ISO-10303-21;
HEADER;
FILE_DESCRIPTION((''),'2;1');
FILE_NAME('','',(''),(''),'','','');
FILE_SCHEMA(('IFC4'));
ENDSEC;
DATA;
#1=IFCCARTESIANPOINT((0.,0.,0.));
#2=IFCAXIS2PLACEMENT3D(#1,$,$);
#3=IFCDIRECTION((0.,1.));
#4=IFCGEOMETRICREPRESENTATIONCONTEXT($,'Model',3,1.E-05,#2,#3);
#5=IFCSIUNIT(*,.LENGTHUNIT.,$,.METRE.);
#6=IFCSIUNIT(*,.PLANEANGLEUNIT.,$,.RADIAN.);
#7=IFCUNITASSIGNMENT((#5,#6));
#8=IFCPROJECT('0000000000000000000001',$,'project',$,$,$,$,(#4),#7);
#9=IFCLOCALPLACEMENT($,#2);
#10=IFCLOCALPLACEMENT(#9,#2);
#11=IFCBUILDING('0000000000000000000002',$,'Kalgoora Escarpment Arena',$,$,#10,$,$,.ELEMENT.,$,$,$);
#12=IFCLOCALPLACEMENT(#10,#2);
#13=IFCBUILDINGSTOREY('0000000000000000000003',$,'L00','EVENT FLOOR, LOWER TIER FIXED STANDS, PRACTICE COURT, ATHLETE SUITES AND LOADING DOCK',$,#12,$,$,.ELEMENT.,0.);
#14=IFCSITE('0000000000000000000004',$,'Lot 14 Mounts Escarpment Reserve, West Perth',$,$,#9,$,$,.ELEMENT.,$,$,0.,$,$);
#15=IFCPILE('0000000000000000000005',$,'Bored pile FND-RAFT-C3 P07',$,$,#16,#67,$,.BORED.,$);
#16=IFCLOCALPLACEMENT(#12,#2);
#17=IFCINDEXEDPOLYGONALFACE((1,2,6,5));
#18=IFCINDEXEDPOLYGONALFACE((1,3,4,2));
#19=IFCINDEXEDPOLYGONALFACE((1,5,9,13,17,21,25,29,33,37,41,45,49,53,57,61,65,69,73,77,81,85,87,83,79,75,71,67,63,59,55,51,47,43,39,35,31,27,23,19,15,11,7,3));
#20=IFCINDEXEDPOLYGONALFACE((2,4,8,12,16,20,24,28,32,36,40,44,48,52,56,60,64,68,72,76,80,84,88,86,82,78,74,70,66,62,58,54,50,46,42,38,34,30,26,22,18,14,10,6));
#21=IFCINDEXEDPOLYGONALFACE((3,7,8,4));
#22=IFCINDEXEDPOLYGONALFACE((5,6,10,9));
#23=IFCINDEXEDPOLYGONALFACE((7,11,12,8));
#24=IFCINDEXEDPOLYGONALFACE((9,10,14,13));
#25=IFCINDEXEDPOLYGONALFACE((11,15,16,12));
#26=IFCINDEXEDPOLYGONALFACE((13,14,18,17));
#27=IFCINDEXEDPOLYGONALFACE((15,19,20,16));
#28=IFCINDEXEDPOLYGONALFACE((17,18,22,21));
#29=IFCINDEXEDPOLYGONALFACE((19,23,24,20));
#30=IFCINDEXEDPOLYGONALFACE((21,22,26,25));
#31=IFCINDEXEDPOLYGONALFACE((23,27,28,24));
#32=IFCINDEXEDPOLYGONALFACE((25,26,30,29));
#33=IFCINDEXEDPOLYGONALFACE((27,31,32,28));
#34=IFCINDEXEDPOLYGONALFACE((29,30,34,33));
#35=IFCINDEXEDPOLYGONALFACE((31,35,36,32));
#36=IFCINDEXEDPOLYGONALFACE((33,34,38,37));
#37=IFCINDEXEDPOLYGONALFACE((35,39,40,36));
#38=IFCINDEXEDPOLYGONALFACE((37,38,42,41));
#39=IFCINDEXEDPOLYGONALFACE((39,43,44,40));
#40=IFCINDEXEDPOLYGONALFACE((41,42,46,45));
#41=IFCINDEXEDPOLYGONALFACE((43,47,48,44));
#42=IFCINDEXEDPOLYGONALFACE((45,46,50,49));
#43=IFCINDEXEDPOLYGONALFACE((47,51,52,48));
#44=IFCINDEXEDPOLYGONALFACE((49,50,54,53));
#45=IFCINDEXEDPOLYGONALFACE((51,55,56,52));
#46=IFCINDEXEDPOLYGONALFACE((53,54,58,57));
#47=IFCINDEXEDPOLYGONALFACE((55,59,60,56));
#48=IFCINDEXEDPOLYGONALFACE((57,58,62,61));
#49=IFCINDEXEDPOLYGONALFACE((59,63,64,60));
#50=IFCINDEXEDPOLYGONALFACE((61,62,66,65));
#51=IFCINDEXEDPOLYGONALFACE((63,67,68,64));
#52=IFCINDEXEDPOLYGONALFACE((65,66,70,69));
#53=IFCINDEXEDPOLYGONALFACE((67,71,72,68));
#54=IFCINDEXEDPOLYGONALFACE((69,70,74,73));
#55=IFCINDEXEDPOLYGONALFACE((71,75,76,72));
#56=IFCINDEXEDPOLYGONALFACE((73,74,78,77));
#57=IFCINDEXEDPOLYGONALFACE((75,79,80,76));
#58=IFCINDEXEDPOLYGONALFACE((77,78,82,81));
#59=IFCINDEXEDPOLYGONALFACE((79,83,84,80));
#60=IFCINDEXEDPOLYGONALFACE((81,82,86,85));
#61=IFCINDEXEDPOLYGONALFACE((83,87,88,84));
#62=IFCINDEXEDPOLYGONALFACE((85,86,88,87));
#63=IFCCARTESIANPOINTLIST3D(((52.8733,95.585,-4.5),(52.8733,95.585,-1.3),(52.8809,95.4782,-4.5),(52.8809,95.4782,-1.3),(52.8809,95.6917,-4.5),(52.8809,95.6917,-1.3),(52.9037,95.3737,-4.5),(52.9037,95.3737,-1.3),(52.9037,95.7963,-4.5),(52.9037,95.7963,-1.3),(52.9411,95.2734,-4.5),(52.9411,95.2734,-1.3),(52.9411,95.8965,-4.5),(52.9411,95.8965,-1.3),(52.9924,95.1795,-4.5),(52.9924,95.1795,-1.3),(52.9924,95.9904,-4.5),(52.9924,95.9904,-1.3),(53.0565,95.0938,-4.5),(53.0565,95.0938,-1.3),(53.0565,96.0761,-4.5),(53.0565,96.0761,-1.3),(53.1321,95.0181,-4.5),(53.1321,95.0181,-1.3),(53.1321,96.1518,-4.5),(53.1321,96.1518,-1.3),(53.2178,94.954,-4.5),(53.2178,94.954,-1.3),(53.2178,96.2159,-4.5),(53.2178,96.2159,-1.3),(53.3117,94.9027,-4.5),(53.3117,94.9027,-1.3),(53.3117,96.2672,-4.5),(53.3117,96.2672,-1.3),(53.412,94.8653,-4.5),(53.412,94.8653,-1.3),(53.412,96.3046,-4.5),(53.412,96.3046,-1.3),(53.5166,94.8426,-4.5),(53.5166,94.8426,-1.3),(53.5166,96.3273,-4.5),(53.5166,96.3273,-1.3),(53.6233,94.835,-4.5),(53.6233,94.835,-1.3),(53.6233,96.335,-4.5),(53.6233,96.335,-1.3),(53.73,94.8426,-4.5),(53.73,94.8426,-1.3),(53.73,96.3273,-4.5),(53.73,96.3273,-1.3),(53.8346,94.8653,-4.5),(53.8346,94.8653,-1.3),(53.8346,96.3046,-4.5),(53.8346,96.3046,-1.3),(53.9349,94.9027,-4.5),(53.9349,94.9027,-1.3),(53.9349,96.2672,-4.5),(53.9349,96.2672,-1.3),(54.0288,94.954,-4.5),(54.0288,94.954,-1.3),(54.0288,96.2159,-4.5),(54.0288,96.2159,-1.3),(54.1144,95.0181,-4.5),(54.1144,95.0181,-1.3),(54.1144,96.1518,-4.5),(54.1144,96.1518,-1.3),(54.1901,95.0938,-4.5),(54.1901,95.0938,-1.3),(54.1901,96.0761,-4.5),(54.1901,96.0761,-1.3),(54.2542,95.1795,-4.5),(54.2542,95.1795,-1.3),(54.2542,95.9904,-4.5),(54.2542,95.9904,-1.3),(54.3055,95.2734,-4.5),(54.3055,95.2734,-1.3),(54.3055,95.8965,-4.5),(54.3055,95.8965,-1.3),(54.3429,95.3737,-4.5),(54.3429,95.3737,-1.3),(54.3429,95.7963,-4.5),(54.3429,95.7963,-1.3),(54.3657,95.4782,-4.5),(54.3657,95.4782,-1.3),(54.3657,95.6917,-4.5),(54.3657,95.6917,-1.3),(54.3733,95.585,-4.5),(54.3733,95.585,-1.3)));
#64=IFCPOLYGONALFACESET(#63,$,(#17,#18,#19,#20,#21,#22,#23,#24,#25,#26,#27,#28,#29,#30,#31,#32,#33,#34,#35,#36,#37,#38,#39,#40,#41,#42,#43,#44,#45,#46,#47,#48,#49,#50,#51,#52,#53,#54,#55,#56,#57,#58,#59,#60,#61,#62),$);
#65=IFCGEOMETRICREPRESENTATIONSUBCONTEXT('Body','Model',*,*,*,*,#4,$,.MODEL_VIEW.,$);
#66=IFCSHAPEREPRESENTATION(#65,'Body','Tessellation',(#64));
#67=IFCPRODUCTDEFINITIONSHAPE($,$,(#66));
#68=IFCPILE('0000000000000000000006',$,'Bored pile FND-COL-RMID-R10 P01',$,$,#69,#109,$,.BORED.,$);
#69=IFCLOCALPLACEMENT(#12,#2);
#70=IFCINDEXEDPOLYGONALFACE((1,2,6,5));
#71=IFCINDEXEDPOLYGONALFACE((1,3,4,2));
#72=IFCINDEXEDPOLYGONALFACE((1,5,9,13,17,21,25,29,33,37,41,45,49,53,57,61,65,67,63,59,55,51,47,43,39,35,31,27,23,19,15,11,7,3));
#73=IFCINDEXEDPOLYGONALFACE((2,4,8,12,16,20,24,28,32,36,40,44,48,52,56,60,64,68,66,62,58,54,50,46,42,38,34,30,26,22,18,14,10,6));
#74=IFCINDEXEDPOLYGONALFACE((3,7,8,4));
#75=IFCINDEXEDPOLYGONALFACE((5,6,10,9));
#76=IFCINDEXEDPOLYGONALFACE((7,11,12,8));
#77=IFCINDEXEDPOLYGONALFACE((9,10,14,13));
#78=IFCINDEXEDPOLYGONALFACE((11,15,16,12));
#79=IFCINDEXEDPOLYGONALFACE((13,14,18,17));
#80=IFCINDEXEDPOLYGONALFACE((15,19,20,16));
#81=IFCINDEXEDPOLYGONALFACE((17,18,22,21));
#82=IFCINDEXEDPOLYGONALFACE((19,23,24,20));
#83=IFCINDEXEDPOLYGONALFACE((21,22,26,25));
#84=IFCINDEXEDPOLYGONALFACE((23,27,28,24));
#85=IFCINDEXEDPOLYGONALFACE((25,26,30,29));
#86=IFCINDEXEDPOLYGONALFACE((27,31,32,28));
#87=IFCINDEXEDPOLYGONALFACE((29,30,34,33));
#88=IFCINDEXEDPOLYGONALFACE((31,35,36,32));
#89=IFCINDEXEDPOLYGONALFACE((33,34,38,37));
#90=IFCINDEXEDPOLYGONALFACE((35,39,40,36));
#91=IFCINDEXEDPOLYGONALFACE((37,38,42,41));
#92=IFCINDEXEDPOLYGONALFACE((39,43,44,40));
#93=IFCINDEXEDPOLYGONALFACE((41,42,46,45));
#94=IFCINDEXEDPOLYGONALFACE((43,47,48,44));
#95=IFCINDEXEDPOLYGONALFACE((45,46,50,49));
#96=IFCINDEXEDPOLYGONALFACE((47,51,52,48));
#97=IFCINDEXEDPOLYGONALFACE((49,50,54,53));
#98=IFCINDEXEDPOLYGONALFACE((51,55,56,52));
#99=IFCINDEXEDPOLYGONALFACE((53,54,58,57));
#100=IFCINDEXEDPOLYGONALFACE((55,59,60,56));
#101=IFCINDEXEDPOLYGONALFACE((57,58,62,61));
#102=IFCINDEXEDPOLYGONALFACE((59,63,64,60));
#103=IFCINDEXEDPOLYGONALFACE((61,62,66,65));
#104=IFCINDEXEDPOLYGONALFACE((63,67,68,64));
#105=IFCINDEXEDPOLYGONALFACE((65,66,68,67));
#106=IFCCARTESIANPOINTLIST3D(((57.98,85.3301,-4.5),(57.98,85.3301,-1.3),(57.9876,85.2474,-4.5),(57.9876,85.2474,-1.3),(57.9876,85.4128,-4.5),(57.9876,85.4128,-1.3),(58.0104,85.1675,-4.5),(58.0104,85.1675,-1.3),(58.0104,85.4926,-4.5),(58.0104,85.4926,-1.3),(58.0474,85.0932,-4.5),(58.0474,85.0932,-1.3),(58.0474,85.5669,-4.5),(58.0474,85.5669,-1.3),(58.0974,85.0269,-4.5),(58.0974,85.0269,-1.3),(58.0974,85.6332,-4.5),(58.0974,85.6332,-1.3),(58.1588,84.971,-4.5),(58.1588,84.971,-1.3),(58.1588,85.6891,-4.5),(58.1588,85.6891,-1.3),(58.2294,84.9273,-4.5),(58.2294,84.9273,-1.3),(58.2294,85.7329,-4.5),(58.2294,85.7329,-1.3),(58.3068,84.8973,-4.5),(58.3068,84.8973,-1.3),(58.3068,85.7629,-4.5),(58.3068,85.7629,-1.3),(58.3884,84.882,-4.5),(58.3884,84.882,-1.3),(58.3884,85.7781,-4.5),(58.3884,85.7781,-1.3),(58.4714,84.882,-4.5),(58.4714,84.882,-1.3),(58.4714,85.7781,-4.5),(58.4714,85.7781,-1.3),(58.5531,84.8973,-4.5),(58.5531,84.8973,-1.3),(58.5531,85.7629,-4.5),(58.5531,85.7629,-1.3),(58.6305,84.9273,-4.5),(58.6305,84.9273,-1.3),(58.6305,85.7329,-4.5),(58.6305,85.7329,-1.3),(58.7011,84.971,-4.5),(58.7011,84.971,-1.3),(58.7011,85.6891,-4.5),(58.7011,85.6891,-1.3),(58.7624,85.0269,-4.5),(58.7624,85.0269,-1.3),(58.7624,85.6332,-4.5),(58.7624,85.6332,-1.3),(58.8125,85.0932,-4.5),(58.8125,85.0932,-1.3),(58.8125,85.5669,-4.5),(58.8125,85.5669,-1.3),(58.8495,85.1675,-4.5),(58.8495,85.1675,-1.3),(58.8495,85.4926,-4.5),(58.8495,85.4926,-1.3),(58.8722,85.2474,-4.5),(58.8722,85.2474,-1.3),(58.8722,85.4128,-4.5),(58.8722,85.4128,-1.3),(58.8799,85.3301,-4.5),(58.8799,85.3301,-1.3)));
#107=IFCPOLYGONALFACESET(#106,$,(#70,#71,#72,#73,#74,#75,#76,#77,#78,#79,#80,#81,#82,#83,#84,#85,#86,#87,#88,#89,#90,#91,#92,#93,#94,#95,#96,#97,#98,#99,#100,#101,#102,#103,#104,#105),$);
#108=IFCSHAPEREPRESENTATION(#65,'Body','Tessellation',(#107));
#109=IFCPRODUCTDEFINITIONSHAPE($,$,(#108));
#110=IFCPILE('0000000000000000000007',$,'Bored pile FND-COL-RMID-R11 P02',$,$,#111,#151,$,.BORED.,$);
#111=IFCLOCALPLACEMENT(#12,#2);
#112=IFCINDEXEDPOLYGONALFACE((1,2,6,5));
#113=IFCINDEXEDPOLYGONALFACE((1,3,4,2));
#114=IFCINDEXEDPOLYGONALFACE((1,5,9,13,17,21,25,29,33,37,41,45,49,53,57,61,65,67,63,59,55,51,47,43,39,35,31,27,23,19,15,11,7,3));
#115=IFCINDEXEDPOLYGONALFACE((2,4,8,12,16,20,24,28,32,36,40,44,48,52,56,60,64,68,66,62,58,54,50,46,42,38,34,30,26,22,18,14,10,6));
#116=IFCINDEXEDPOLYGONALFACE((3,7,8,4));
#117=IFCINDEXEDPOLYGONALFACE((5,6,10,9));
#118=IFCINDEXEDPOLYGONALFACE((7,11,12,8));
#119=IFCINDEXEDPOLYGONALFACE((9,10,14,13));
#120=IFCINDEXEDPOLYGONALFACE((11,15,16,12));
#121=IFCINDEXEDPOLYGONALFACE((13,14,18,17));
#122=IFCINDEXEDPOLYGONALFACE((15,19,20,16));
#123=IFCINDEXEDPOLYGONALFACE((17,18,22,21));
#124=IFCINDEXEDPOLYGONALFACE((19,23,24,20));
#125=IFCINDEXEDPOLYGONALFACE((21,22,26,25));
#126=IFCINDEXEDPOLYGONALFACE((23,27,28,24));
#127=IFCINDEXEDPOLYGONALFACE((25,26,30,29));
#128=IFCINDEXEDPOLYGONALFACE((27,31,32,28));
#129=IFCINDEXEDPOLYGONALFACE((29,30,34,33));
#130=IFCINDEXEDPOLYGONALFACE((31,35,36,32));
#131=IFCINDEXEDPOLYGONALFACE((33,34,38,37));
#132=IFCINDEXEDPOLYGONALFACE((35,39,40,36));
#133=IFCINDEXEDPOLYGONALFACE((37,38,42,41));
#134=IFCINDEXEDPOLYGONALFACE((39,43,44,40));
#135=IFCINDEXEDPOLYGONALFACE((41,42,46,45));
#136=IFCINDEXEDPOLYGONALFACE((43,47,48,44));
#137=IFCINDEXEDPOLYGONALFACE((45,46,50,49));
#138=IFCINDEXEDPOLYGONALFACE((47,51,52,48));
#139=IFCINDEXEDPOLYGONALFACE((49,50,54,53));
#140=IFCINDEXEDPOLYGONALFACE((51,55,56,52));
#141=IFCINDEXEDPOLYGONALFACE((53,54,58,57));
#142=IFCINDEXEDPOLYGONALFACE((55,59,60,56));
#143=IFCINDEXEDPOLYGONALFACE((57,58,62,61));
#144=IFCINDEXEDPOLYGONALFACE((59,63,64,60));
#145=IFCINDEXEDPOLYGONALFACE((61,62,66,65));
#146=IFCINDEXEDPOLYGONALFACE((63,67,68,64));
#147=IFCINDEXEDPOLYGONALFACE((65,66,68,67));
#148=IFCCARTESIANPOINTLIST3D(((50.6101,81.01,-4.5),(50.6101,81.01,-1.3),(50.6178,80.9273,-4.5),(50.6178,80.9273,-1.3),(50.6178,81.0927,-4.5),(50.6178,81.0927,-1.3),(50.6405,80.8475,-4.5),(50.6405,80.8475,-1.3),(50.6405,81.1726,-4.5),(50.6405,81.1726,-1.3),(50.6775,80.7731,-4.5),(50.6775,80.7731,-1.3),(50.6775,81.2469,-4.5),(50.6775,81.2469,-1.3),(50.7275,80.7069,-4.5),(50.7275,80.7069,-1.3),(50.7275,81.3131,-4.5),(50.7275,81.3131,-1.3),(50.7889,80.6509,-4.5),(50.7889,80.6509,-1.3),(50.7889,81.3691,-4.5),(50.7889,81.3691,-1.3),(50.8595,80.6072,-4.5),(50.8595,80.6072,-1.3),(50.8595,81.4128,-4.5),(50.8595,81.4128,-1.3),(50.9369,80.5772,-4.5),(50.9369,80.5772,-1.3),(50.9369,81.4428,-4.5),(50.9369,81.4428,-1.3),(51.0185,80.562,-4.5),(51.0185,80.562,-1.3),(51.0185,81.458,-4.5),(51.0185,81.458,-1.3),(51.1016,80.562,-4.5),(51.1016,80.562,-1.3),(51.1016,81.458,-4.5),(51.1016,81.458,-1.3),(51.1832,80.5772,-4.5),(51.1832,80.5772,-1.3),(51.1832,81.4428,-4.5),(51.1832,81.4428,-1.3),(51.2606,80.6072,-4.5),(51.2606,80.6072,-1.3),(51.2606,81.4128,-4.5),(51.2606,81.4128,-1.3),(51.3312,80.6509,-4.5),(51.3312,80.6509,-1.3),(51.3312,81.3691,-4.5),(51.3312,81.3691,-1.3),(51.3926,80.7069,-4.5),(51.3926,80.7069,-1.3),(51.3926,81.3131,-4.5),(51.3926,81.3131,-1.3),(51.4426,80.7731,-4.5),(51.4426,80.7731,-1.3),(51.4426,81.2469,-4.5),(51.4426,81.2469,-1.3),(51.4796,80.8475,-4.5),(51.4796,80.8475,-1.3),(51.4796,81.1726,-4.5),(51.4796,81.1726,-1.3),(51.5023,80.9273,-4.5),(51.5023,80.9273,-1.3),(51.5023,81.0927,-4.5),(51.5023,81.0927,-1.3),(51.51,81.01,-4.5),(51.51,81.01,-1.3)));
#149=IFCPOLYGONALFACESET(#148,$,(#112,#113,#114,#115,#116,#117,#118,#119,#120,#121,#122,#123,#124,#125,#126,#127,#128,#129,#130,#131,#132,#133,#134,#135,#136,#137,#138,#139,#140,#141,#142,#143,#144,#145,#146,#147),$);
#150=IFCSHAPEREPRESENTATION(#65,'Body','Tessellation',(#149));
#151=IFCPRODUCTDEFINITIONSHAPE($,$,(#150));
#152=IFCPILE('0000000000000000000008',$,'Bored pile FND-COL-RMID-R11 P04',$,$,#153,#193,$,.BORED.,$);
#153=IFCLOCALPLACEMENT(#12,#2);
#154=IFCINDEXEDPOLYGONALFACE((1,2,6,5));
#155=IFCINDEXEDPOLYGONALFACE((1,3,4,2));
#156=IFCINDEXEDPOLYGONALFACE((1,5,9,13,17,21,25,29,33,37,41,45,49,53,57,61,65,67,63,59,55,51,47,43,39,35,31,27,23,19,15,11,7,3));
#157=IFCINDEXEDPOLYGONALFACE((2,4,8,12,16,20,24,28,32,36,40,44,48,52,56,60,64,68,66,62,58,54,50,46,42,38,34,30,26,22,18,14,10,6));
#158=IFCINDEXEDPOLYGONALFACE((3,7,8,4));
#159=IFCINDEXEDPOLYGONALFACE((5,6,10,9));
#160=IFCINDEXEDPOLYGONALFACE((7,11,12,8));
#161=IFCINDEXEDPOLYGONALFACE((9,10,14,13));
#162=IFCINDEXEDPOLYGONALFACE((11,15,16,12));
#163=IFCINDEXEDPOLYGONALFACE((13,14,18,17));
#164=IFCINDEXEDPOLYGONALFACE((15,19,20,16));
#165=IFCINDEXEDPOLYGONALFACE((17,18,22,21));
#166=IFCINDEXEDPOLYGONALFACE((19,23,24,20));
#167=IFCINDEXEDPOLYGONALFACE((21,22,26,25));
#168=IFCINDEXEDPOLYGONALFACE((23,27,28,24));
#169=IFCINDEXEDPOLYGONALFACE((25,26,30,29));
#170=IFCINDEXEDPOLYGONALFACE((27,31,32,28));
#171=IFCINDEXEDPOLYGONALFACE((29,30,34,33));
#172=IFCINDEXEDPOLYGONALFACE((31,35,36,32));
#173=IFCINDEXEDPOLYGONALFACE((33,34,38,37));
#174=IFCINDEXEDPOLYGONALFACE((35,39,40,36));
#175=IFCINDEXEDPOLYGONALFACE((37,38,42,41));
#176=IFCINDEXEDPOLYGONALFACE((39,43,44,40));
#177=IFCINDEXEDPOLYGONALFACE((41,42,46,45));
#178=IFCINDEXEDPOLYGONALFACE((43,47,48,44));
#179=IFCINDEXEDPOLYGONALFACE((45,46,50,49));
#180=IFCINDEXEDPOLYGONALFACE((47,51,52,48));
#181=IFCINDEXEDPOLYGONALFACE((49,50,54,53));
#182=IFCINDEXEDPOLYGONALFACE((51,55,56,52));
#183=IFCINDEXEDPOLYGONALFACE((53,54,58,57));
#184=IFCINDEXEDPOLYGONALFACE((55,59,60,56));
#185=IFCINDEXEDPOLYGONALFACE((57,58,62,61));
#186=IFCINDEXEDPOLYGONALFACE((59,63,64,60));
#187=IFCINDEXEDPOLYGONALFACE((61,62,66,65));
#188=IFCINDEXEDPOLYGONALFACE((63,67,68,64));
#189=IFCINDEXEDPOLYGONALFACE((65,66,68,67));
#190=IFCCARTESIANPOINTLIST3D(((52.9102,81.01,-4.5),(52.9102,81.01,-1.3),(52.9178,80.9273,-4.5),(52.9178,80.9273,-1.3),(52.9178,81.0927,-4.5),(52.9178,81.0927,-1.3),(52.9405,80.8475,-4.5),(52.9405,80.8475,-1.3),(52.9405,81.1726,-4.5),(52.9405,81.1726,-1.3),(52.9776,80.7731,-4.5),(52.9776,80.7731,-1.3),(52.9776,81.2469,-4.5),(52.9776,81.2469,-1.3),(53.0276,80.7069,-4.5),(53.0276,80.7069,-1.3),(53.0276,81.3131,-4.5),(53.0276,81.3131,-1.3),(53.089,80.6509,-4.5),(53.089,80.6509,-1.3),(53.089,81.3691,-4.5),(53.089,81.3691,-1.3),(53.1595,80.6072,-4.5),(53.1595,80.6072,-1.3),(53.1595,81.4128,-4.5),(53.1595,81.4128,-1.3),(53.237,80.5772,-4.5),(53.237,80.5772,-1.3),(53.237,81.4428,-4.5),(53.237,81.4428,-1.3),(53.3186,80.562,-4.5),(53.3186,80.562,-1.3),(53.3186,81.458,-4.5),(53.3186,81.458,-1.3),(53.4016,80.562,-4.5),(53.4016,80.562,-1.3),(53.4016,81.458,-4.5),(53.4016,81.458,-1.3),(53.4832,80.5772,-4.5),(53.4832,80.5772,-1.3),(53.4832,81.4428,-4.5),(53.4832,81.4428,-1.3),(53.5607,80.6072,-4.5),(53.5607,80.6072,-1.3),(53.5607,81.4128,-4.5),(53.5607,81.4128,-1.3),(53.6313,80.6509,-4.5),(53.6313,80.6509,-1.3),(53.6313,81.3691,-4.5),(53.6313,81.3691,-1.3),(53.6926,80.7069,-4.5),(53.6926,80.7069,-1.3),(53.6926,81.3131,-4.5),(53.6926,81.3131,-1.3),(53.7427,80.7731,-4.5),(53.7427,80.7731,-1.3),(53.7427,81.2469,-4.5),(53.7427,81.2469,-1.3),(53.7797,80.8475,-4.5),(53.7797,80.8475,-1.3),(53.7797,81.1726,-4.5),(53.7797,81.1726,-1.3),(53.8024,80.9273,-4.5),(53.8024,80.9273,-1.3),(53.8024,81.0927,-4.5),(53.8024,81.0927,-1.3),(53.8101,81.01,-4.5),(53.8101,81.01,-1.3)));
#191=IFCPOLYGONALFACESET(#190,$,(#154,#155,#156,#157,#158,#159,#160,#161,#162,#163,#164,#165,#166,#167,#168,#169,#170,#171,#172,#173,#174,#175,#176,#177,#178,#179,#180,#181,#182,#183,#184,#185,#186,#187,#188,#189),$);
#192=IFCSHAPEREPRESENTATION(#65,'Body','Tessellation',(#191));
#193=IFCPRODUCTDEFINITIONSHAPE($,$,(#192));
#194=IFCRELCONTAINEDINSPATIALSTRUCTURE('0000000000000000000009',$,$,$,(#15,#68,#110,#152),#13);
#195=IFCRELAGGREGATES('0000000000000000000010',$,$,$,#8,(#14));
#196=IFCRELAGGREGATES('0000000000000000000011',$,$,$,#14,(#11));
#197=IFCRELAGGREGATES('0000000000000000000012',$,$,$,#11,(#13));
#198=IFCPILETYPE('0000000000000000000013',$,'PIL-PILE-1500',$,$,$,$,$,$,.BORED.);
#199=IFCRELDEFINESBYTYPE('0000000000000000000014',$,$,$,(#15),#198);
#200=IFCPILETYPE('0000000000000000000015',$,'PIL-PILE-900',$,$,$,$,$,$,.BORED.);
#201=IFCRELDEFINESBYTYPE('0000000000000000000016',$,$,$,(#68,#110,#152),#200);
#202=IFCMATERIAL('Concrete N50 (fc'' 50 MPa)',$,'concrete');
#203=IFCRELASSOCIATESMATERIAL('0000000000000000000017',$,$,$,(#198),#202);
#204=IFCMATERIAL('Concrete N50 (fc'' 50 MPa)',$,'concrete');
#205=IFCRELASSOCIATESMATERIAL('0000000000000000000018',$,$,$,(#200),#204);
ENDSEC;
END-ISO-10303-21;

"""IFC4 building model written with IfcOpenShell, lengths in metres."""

from ifc_helpers import new_model, si_unit, direction, frame, origin, origin_2d, place, context, subcontext, project, spatial, circle, extrude, material, material_profile, profile_set, type_object, element, save


model = new_model("IFC4")

# Units and contexts
model_context = context("Model", 3, precision=1e-05, world=origin(), true_north=direction((0.0, 1.0)))
body_context = subcontext(model_context, "Body", "Model", "MODEL_VIEW")
ifc_project = project(units=[si_unit("LENGTHUNIT", "METRE"), si_unit("PLANEANGLEUNIT", "RADIAN")], contexts=[model_context])

# Site, building, storey
site_placement = place(None, origin())
site = spatial("IfcSite", under=ifc_project, at=site_placement, Name="Lot 14 Mounts Escarpment Reserve, West Perth", CompositionType="ELEMENT", RefElevation=0.0)
building_placement = place(site_placement, origin())
building = spatial("IfcBuilding", under=site, at=building_placement, Name="Kalgoora Escarpment Arena", CompositionType="ELEMENT")
storey_placement = place(building_placement, origin())
storey = spatial("IfcBuildingStorey", under=building, at=storey_placement, Name="L00", Description="EVENT FLOOR, LOWER TIER FIXED STANDS, PRACTICE COURT, ATHLETE SUITES AND LOADING DOCK", CompositionType="ELEMENT", Elevation=0.0)

# Piles
ifc_material_1 = material(Name="Concrete N50 (fc' 50 MPa)", Category="concrete")
ifc_material_profile_1 = material_profile(ifc_material_1, circle(Radius=0.75, at=origin_2d()))
ifc_profile_set_1 = profile_set([ifc_material_profile_1], Name="Concrete N50 (fc' 50 MPa)")
pile_type_1 = type_object("IfcPileType", Name="PIL-PILE-1500", PredefinedType="BORED", material=ifc_profile_set_1)
for number, where, z_axis, x_axis, name in (
    (1, (53.6233, 95.585, -1.3), (0.0, 0.0, -1.0), (1.0, 0.0, 0.0), "Bored pile FND-RAFT-C3 P07"),
):
    element("IfcPile", number, at=place(storey_placement, frame(where, z_axis=z_axis, x_axis=x_axis)), inside=storey, type_object=pile_type_1, Name=name, PredefinedType="BORED", context=body_context, shape_type="SweptSolid", body=[
        extrude(circle(Radius=0.75, at=origin_2d()), origin(), (0.0, 0.0, 1.0), 3.2),
    ])
ifc_material_2 = material(Name="Concrete N50 (fc' 50 MPa)", Category="concrete")
ifc_material_profile_2 = material_profile(ifc_material_2, circle(Radius=0.45, at=origin_2d()))
ifc_profile_set_2 = profile_set([ifc_material_profile_2], Name="Concrete N50 (fc' 50 MPa)")
pile_type_2 = type_object("IfcPileType", Name="PIL-PILE-900", PredefinedType="BORED", material=ifc_profile_set_2)
for number, where, z_axis, x_axis, name in (
    (2, (58.4299, 85.3301, -1.3), (0.0, 0.0, -1.0), (1.0, 0.0, 0.0), "Bored pile FND-COL-RMID-R10 P01"),
    (3, (51.0601, 81.01, -1.3), (0.0, 0.0, -1.0), (1.0, 0.0, 0.0), "Bored pile FND-COL-RMID-R11 P02"),
    (4, (53.3601, 81.01, -1.3), (0.0, 0.0, -1.0), (1.0, 0.0, 0.0), "Bored pile FND-COL-RMID-R11 P04"),
):
    element("IfcPile", number, at=place(storey_placement, frame(where, z_axis=z_axis, x_axis=x_axis)), inside=storey, type_object=pile_type_2, Name=name, PredefinedType="BORED", context=body_context, shape_type="SweptSolid", body=[
        extrude(circle(Radius=0.45, at=origin_2d()), origin(), (0.0, 0.0, 1.0), 3.2),
    ])

save(model, "model.ifc")
